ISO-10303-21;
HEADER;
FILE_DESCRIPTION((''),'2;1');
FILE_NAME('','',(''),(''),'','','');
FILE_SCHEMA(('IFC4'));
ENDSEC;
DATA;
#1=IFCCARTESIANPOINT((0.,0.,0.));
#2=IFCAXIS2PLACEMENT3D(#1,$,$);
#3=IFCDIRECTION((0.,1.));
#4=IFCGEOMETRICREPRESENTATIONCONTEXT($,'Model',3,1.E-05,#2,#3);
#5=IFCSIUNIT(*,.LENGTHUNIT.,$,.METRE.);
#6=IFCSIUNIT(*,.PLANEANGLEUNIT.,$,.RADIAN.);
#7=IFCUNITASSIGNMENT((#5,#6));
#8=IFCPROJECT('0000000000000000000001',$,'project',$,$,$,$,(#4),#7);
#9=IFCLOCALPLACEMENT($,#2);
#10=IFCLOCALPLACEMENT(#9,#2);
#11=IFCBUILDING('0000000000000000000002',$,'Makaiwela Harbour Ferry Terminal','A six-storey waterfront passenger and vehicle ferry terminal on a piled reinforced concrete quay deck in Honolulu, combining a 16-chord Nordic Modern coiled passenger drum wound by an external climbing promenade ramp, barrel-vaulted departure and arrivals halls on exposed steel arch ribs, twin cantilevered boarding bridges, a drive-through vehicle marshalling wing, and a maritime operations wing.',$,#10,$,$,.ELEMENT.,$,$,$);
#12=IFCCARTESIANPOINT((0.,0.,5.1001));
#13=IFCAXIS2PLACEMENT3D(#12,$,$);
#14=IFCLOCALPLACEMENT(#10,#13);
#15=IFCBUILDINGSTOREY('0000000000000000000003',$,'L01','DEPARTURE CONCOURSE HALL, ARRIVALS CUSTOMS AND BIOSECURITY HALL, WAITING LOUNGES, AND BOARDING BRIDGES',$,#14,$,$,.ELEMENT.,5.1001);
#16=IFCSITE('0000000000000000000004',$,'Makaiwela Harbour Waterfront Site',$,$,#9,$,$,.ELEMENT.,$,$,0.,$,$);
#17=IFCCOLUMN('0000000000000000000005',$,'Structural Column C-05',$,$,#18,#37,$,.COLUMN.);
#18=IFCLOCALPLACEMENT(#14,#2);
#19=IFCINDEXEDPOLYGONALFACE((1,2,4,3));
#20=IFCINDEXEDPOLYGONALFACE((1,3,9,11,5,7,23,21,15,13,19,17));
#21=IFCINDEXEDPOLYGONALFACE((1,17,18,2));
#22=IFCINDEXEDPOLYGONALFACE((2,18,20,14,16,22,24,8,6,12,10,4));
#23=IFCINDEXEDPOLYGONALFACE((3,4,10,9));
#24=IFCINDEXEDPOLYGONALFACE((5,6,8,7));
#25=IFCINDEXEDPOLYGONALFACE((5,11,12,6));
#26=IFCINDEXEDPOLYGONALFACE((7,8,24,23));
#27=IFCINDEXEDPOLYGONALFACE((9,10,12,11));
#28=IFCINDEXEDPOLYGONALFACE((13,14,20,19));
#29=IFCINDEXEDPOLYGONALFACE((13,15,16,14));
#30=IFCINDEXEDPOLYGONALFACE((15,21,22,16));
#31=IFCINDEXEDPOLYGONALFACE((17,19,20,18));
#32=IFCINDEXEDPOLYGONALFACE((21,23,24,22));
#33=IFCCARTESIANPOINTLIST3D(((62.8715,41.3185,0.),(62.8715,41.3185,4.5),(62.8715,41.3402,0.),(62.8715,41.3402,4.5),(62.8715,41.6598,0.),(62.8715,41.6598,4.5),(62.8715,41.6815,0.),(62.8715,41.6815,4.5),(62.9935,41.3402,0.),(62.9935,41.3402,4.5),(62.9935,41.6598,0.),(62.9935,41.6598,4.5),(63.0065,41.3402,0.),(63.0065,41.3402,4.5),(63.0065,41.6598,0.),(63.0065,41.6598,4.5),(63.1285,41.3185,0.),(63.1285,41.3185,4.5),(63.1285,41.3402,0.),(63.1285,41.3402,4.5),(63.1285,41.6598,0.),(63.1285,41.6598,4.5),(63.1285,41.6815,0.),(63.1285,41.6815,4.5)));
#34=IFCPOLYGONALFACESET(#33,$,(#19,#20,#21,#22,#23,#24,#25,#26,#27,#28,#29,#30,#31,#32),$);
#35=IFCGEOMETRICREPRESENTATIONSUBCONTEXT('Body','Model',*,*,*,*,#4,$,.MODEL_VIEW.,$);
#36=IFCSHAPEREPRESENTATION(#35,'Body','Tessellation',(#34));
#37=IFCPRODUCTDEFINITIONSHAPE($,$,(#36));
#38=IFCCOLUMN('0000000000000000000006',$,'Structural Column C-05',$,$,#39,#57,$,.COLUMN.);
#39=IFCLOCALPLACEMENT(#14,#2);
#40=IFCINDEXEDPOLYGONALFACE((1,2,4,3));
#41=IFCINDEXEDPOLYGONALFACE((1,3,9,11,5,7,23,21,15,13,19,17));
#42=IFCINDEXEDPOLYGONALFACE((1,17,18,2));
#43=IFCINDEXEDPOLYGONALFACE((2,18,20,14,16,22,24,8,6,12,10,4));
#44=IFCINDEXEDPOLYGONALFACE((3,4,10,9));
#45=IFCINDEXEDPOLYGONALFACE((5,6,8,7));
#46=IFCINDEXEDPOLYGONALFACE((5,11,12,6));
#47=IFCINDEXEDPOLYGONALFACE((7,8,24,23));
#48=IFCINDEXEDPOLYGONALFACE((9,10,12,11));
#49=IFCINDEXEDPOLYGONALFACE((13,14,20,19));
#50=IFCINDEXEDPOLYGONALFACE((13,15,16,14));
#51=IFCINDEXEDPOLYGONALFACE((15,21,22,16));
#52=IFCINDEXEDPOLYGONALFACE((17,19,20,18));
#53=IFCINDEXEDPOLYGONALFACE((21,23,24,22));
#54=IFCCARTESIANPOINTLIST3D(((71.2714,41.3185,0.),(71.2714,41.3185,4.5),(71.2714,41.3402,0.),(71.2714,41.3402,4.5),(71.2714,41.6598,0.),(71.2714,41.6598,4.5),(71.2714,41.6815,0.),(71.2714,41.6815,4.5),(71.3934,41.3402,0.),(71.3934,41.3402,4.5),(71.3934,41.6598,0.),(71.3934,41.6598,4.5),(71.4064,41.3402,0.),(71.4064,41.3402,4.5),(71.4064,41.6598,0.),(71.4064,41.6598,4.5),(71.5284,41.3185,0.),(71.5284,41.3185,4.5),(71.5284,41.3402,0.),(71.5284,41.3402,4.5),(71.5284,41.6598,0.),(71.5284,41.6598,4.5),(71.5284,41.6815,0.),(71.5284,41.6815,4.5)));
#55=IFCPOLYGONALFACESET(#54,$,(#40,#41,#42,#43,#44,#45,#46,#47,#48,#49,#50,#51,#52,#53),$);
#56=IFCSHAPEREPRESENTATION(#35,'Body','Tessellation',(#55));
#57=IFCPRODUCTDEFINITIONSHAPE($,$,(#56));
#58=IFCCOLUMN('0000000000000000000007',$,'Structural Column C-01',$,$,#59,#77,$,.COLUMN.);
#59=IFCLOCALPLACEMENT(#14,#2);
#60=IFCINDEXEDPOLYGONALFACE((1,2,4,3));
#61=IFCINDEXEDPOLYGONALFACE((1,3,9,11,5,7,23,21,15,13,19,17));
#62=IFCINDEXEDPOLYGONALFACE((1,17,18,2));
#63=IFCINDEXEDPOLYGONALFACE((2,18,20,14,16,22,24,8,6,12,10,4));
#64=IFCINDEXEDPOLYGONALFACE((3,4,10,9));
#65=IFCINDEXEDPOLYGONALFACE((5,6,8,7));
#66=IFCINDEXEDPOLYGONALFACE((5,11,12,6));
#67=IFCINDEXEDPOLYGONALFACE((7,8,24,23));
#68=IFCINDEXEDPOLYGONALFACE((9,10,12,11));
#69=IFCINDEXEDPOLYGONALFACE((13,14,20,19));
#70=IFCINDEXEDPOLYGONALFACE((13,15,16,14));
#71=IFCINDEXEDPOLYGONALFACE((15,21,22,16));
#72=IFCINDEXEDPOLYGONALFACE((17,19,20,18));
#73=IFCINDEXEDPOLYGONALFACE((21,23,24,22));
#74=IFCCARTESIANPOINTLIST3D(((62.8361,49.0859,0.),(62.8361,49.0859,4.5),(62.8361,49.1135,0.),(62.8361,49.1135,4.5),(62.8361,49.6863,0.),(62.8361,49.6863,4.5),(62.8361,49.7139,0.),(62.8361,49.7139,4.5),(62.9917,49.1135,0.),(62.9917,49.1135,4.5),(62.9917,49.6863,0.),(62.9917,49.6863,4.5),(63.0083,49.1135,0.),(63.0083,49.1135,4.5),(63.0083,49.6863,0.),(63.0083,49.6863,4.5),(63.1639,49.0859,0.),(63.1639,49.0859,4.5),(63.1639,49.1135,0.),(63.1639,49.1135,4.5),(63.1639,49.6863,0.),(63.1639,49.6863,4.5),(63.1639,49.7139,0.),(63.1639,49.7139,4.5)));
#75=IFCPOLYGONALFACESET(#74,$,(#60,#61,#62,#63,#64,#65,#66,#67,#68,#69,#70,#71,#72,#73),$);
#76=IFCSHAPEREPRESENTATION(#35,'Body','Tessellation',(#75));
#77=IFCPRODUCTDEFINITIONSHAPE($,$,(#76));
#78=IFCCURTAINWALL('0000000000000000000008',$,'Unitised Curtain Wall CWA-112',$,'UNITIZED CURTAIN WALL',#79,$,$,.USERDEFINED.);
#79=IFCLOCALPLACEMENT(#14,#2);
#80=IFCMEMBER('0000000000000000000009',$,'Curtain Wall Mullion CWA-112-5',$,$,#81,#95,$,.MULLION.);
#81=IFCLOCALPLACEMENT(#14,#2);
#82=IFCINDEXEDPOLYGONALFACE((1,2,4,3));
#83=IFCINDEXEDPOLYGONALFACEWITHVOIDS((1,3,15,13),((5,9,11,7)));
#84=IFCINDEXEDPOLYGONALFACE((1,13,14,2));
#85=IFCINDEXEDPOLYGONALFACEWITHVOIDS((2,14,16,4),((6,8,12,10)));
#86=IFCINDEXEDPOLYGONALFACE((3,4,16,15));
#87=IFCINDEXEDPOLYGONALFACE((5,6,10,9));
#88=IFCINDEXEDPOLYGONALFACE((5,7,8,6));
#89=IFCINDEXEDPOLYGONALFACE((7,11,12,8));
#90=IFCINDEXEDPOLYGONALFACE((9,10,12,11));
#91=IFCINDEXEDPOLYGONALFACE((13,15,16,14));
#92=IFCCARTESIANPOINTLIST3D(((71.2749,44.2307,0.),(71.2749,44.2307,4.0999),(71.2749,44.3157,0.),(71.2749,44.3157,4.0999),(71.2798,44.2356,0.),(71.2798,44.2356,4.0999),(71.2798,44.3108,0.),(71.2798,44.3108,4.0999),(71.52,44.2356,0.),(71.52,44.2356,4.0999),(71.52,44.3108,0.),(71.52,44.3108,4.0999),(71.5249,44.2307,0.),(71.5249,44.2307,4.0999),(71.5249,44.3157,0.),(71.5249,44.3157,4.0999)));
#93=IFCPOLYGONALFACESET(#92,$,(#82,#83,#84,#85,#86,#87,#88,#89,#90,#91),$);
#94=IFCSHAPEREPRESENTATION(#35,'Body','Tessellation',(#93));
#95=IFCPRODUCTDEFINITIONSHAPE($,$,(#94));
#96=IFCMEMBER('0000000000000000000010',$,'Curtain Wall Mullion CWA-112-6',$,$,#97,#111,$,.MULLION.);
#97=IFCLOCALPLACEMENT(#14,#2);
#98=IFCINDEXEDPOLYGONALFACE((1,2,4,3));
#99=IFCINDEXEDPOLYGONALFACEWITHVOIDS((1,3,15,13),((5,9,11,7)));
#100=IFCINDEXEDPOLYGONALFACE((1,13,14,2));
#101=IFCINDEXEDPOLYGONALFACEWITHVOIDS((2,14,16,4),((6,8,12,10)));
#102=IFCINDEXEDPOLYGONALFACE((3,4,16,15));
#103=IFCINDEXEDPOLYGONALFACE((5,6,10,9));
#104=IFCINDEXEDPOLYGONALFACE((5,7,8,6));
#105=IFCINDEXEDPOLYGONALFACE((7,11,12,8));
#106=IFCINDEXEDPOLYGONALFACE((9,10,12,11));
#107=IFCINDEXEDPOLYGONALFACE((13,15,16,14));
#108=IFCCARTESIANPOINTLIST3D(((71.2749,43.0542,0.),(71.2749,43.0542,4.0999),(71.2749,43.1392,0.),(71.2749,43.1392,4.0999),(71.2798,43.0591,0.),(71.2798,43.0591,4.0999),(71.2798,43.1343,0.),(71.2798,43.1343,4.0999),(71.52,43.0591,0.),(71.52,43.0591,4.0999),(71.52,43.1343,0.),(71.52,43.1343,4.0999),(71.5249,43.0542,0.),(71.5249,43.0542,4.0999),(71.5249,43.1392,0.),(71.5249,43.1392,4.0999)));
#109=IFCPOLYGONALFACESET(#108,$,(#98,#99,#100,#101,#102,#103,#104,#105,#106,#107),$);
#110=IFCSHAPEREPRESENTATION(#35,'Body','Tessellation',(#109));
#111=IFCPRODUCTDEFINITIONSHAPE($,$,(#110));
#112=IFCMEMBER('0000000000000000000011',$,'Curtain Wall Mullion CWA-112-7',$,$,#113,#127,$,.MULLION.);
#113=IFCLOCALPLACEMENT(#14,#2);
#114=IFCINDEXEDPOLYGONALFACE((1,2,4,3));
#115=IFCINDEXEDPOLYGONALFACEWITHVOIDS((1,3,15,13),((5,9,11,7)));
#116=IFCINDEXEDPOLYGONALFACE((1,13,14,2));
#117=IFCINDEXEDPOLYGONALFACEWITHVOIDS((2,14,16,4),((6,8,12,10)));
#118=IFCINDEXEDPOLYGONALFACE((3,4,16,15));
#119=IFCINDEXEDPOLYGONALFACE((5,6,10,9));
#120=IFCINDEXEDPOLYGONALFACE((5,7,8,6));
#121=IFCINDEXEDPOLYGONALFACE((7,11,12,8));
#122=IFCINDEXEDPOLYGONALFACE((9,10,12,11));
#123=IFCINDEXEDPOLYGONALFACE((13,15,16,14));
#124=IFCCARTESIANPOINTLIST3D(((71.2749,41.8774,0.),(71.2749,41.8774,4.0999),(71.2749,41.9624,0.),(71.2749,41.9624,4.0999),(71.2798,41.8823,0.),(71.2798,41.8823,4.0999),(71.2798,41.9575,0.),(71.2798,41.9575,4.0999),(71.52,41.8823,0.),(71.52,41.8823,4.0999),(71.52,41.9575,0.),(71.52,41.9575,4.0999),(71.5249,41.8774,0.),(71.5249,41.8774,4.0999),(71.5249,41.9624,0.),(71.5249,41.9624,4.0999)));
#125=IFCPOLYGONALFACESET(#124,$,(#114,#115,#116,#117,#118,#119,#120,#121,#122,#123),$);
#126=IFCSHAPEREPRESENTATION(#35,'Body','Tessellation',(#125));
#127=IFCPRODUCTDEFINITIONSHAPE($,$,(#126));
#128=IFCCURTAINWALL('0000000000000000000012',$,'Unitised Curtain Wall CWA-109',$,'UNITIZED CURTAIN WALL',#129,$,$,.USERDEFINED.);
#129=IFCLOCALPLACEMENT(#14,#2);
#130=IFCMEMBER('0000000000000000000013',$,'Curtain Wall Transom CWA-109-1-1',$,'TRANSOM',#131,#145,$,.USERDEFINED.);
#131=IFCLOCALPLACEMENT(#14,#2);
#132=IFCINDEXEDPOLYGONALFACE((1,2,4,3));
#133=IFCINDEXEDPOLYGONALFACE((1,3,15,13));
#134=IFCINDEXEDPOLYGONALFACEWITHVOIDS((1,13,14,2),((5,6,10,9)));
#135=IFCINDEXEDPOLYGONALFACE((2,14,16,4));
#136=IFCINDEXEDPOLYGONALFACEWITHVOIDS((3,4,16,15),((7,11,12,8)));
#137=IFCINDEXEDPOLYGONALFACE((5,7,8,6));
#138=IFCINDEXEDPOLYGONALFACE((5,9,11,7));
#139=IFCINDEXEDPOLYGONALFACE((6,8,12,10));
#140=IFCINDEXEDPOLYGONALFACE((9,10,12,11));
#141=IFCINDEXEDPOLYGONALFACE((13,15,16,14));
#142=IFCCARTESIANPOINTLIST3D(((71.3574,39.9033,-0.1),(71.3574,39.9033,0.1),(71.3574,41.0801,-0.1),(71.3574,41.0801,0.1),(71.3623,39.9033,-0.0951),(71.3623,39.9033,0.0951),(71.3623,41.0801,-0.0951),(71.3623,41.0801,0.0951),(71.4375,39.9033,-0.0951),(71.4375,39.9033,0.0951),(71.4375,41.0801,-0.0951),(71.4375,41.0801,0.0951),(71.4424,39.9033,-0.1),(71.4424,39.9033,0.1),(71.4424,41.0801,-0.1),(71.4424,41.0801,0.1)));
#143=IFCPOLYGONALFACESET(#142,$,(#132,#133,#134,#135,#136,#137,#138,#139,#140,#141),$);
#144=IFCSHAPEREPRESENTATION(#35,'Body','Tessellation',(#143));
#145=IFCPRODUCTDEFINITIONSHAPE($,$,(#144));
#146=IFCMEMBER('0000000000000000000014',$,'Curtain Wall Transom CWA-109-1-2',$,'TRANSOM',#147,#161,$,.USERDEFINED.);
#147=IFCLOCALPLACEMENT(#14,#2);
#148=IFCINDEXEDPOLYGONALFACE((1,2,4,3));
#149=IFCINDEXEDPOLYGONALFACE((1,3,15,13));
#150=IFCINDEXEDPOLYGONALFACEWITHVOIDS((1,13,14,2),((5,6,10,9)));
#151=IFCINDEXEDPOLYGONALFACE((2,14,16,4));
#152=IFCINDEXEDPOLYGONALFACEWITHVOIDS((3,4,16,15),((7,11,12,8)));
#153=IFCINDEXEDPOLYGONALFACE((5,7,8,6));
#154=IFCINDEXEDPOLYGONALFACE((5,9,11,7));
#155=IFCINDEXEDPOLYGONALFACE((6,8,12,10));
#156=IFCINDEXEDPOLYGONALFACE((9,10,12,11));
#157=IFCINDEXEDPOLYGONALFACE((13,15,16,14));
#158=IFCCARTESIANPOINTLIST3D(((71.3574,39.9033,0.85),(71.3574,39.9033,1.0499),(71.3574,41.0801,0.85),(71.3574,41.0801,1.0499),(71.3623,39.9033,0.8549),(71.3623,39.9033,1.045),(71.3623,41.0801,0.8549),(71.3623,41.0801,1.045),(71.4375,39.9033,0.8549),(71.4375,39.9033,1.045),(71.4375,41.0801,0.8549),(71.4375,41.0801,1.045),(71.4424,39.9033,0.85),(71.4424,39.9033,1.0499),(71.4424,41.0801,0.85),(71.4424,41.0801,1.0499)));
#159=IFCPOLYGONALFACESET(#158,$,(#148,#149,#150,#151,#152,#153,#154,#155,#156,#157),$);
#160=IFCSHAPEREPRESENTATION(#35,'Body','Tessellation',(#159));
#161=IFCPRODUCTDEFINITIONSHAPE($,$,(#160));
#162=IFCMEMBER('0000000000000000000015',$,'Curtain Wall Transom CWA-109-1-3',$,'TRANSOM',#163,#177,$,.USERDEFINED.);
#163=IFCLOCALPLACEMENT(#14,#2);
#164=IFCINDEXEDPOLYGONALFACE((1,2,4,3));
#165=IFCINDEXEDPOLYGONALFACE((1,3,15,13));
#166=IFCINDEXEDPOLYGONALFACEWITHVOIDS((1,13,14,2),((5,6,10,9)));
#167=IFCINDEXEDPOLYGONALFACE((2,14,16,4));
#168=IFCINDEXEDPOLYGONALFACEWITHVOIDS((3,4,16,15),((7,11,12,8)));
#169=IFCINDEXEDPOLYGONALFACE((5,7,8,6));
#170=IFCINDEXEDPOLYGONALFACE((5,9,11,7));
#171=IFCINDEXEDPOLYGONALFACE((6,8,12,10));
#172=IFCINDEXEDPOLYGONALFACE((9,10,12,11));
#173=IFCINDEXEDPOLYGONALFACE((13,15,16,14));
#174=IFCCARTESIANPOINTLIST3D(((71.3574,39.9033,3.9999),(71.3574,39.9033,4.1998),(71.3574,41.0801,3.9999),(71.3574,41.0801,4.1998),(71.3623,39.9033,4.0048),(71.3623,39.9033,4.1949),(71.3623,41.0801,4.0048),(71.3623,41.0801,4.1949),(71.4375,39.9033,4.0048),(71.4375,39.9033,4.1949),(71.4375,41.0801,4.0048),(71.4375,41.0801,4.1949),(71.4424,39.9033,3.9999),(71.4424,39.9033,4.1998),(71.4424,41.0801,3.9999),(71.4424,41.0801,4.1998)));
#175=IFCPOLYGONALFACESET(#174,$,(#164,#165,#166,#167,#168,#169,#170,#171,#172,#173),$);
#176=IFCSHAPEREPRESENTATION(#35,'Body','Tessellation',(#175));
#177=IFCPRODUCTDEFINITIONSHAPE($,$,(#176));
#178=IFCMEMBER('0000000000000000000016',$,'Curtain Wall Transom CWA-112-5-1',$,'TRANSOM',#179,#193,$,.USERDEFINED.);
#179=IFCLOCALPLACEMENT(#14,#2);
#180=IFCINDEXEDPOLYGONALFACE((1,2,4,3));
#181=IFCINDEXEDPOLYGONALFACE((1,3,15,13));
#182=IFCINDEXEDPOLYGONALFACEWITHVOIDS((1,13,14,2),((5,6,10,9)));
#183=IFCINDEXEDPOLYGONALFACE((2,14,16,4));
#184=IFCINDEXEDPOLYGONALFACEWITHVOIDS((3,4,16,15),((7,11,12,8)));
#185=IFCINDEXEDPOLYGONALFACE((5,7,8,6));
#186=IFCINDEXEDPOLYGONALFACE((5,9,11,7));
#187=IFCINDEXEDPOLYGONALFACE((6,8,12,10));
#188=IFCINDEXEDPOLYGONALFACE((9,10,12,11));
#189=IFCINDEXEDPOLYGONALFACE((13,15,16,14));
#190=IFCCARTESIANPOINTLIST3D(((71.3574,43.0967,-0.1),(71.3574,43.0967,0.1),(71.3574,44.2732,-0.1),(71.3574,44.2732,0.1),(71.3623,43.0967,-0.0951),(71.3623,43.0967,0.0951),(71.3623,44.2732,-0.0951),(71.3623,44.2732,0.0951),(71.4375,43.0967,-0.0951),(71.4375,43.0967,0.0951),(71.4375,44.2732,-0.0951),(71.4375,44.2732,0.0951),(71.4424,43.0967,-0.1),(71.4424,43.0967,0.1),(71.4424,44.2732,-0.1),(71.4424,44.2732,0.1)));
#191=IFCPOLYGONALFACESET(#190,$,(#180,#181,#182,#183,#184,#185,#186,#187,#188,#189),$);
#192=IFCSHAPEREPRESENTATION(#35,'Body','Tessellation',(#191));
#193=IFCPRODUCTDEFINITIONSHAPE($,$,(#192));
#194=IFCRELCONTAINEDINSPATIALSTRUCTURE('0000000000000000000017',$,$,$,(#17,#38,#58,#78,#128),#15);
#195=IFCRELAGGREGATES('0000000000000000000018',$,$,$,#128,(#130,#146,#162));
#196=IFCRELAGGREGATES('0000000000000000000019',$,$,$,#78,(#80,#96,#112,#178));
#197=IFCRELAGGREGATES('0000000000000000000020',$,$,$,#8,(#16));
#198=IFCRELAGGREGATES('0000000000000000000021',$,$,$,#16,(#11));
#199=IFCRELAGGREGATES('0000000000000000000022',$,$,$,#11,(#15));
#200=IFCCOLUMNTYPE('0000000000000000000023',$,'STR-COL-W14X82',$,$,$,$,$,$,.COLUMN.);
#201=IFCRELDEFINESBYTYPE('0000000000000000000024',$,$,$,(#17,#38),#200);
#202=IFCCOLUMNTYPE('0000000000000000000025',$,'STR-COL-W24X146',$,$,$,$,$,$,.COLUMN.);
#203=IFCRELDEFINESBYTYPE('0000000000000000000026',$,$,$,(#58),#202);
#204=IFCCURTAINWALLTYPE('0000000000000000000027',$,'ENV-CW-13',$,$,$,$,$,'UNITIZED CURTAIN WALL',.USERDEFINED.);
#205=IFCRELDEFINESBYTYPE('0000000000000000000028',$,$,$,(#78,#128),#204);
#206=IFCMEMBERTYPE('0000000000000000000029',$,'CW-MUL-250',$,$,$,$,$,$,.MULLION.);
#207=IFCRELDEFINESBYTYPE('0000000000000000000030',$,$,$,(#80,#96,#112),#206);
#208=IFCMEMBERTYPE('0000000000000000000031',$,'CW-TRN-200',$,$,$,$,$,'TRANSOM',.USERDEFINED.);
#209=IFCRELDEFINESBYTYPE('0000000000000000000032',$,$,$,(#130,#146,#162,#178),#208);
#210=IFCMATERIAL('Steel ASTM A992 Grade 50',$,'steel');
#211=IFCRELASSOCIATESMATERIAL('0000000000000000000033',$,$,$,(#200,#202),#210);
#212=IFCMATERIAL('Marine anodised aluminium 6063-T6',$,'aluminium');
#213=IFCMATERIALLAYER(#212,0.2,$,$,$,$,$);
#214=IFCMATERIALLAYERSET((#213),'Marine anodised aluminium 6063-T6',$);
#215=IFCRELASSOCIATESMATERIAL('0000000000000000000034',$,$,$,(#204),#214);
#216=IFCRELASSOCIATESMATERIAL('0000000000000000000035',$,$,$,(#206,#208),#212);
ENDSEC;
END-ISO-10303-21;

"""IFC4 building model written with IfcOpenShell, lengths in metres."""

from ifc_helpers import new_model, si_unit, direction, frame, origin, origin_2d, place, context, subcontext, project, spatial, hollow_rectangle, i_section, extrude, material, layer, layer_set, material_profile, profile_set, type_object, element, aggregate, save


model = new_model("IFC4")

# Units and contexts
model_context = context("Model", 3, precision=1e-05, world=origin(), true_north=direction((0.0, 1.0)))
body_context = subcontext(model_context, "Body", "Model", "MODEL_VIEW")
ifc_project = project(units=[si_unit("LENGTHUNIT", "METRE"), si_unit("PLANEANGLEUNIT", "RADIAN")], contexts=[model_context])

# Site, building, storey
site_placement = place(None, origin())
site = spatial("IfcSite", under=ifc_project, at=site_placement, Name="Makaiwela Harbour Waterfront Site", CompositionType="ELEMENT", RefElevation=0.0)
building_placement = place(site_placement, origin())
building = spatial("IfcBuilding", under=site, at=building_placement, Name="Makaiwela Harbour Ferry Terminal", Description="A six-storey waterfront passenger and vehicle ferry terminal on a piled reinforced concrete quay deck in Honolulu, combining a 16-chord Nordic Modern coiled passenger drum wound by an external climbing promenade ramp, barrel-vaulted departure and arrivals halls on exposed steel arch ribs, twin cantilevered boarding bridges, a drive-through vehicle marshalling wing, and a maritime operations wing.", CompositionType="ELEMENT")
storey_placement = place(building_placement, frame((0.0, 0.0, 5.1001)))
storey = spatial("IfcBuildingStorey", under=building, at=storey_placement, Name="L01", Description="DEPARTURE CONCOURSE HALL, ARRIVALS CUSTOMS AND BIOSECURITY HALL, WAITING LOUNGES, AND BOARDING BRIDGES", CompositionType="ELEMENT", Elevation=5.1001)

# Columns
ifc_material_1 = material(Name="Steel ASTM A992 Grade 50", Category="steel")
ifc_material_profile_1 = material_profile(ifc_material_1, i_section(OverallWidth=0.2571, OverallDepth=0.363, WebThickness=0.0129, FlangeThickness=0.0217, at=origin_2d()), Name="W14X82")
ifc_profile_set_1 = profile_set([ifc_material_profile_1], Name="Steel ASTM A992 Grade 50")
column_type_1 = type_object("IfcColumnType", Name="STR-COL-W14X82", PredefinedType="COLUMN", material=ifc_profile_set_1)
for number, where, z_axis, x_axis, name in (
    (1, (63.0, 41.5, 0.0), (0.0, 0.0, 1.0), (1.0, 0.0, 0.0), "Structural Column C-05"),
    (2, (71.3999, 41.5, 0.0), (0.0, 0.0, 1.0), (1.0, 0.0, 0.0), "Structural Column C-05"),
):
    element("IfcColumn", number, at=place(storey_placement, frame(where, z_axis=z_axis, x_axis=x_axis)), inside=storey, type_object=column_type_1, Name=name, PredefinedType="COLUMN", context=body_context, shape_type="SweptSolid", body=[
        extrude(i_section(OverallWidth=0.2571, OverallDepth=0.363, WebThickness=0.0129, FlangeThickness=0.0217, at=origin_2d()), origin(), (0.0, 0.0, 1.0), 4.5),
    ])
ifc_material_profile_2 = material_profile(ifc_material_1, i_section(OverallWidth=0.3279, OverallDepth=0.6279, WebThickness=0.0166, FlangeThickness=0.0276, at=origin_2d()), Name="W24X146")
ifc_profile_set_2 = profile_set([ifc_material_profile_2], Name="Steel ASTM A992 Grade 50")
column_type_2 = type_object("IfcColumnType", Name="STR-COL-W24X146", PredefinedType="COLUMN", material=ifc_profile_set_2)
column_placement = place(storey_placement, frame((63.0, 49.3999, 0.0), z_axis=(0.0, 0.0, 1.0), x_axis=(1.0, 0.0, 0.0)))
element("IfcColumn", 3, at=column_placement, inside=storey, type_object=column_type_2, Name="Structural Column C-01", PredefinedType="COLUMN", context=body_context, shape_type="SweptSolid", body=[
    extrude(i_section(OverallWidth=0.3279, OverallDepth=0.6279, WebThickness=0.0166, FlangeThickness=0.0276, at=origin_2d()), origin(), (0.0, 0.0, 1.0), 4.5),
])

# Curtain walls, members
ifc_material_2 = material(Name="Marine anodised aluminium 6063-T6", Category="aluminium")
ifc_layer_1 = layer(ifc_material_2, 0.2)
ifc_layer_set_1 = layer_set([ifc_layer_1], Name="Marine anodised aluminium 6063-T6")
curtain_wall_type = type_object("IfcCurtainWallType", Name="ENV-CW-13", ElementType="UNITIZED CURTAIN WALL", PredefinedType="USERDEFINED", material=ifc_layer_set_1)
curtain_wall_1_placement = place(storey_placement, origin())
curtain_wall_1 = element("IfcCurtainWall", 4, at=curtain_wall_1_placement, inside=storey, type_object=curtain_wall_type, Name="Unitised Curtain Wall CWA-112", ObjectType="UNITIZED CURTAIN WALL", PredefinedType="USERDEFINED")
ifc_material_profile_3 = material_profile(ifc_material_2, hollow_rectangle(XDim=0.085, YDim=0.25, WallThickness=0.0049, at=origin_2d()), Name="CWM-250X85")
ifc_profile_set_3 = profile_set([ifc_material_profile_3], Name="Marine anodised aluminium 6063-T6")
member_type_1 = type_object("IfcMemberType", Name="CW-MUL-250", PredefinedType="MULLION", material=ifc_profile_set_3)
member_1_placement = place(storey_placement, frame((71.3999, 44.2732, 0.0), z_axis=(0.0, 0.0, 1.0), x_axis=(0.0, 1.0, 0.0)))
member_1 = element("IfcMember", 5, at=member_1_placement, type_object=member_type_1, Name="Curtain Wall Mullion CWA-112-5", PredefinedType="MULLION", context=body_context, shape_type="SweptSolid", body=[
    extrude(hollow_rectangle(XDim=0.085, YDim=0.25, WallThickness=0.0049, at=origin_2d()), origin(), (0.0, 0.0, 1.0), 4.0999),
])
member_2_placement = place(storey_placement, frame((71.3999, 43.0967, 0.0), z_axis=(0.0, 0.0, 1.0), x_axis=(0.0, 1.0, 0.0)))
member_2 = element("IfcMember", 6, at=member_2_placement, type_object=member_type_1, Name="Curtain Wall Mullion CWA-112-6", PredefinedType="MULLION", context=body_context, shape_type="SweptSolid", body=[
    extrude(hollow_rectangle(XDim=0.085, YDim=0.25, WallThickness=0.0049, at=origin_2d()), origin(), (0.0, 0.0, 1.0), 4.0999),
])
member_3_placement = place(storey_placement, frame((71.3999, 41.9199, 0.0), z_axis=(0.0, 0.0, 1.0), x_axis=(0.0, 1.0, 0.0)))
member_3 = element("IfcMember", 7, at=member_3_placement, type_object=member_type_1, Name="Curtain Wall Mullion CWA-112-7", PredefinedType="MULLION", context=body_context, shape_type="SweptSolid", body=[
    extrude(hollow_rectangle(XDim=0.085, YDim=0.25, WallThickness=0.0049, at=origin_2d()), origin(), (0.0, 0.0, 1.0), 4.0999),
])
curtain_wall_2_placement = place(storey_placement, origin())
curtain_wall_2 = element("IfcCurtainWall", 8, at=curtain_wall_2_placement, inside=storey, type_object=curtain_wall_type, Name="Unitised Curtain Wall CWA-109", ObjectType="UNITIZED CURTAIN WALL", PredefinedType="USERDEFINED")
ifc_material_profile_4 = material_profile(ifc_material_2, hollow_rectangle(XDim=0.085, YDim=0.2, WallThickness=0.0049, at=origin_2d()), Name="CWT-200X85")
ifc_profile_set_4 = profile_set([ifc_material_profile_4], Name="Marine anodised aluminium 6063-T6")
member_type_2 = type_object("IfcMemberType", Name="CW-TRN-200", ElementType="TRANSOM", PredefinedType="USERDEFINED", material=ifc_profile_set_4)
member_4_placement = place(storey_placement, frame((71.3999, 41.0801, 0.0), z_axis=(0.0, -1.0, 0.0), x_axis=(1.0, 0.0, 0.0)))
member_4 = element("IfcMember", 9, at=member_4_placement, type_object=member_type_2, Name="Curtain Wall Transom CWA-109-1-1", ObjectType="TRANSOM", PredefinedType="USERDEFINED", context=body_context, shape_type="SweptSolid", body=[
    extrude(hollow_rectangle(XDim=0.085, YDim=0.2, WallThickness=0.0049, at=origin_2d()), origin(), (0.0, 0.0, 1.0), 1.1768),
])
member_5_placement = place(storey_placement, frame((71.3999, 41.0801, 0.95), z_axis=(0.0, -1.0, 0.0), x_axis=(1.0, 0.0, 0.0)))
member_5 = element("IfcMember", 10, at=member_5_placement, type_object=member_type_2, Name="Curtain Wall Transom CWA-109-1-2", ObjectType="TRANSOM", PredefinedType="USERDEFINED", context=body_context, shape_type="SweptSolid", body=[
    extrude(hollow_rectangle(XDim=0.085, YDim=0.2, WallThickness=0.0049, at=origin_2d()), origin(), (0.0, 0.0, 1.0), 1.1768),
])
member_6_placement = place(storey_placement, frame((71.3999, 41.0801, 4.0999), z_axis=(0.0, -1.0, 0.0), x_axis=(1.0, 0.0, 0.0)))
member_6 = element("IfcMember", 11, at=member_6_placement, type_object=member_type_2, Name="Curtain Wall Transom CWA-109-1-3", ObjectType="TRANSOM", PredefinedType="USERDEFINED", context=body_context, shape_type="SweptSolid", body=[
    extrude(hollow_rectangle(XDim=0.085, YDim=0.2, WallThickness=0.0049, at=origin_2d()), origin(), (0.0, 0.0, 1.0), 1.1768),
])
aggregate(curtain_wall_2, [member_4, member_5, member_6])

# Member
member_7_placement = place(storey_placement, frame((71.3999, 44.2732, 0.0), z_axis=(0.0, -1.0, 0.0), x_axis=(1.0, 0.0, 0.0)))
member_7 = element("IfcMember", 12, at=member_7_placement, type_object=member_type_2, Name="Curtain Wall Transom CWA-112-5-1", ObjectType="TRANSOM", PredefinedType="USERDEFINED", context=body_context, shape_type="SweptSolid", body=[
    extrude(hollow_rectangle(XDim=0.085, YDim=0.2, WallThickness=0.0049, at=origin_2d()), origin(), (0.0, 0.0, 1.0), 1.1765),
])

aggregate(curtain_wall_1, [member_1, member_2, member_3, member_7])

save(model, "model.ifc")
